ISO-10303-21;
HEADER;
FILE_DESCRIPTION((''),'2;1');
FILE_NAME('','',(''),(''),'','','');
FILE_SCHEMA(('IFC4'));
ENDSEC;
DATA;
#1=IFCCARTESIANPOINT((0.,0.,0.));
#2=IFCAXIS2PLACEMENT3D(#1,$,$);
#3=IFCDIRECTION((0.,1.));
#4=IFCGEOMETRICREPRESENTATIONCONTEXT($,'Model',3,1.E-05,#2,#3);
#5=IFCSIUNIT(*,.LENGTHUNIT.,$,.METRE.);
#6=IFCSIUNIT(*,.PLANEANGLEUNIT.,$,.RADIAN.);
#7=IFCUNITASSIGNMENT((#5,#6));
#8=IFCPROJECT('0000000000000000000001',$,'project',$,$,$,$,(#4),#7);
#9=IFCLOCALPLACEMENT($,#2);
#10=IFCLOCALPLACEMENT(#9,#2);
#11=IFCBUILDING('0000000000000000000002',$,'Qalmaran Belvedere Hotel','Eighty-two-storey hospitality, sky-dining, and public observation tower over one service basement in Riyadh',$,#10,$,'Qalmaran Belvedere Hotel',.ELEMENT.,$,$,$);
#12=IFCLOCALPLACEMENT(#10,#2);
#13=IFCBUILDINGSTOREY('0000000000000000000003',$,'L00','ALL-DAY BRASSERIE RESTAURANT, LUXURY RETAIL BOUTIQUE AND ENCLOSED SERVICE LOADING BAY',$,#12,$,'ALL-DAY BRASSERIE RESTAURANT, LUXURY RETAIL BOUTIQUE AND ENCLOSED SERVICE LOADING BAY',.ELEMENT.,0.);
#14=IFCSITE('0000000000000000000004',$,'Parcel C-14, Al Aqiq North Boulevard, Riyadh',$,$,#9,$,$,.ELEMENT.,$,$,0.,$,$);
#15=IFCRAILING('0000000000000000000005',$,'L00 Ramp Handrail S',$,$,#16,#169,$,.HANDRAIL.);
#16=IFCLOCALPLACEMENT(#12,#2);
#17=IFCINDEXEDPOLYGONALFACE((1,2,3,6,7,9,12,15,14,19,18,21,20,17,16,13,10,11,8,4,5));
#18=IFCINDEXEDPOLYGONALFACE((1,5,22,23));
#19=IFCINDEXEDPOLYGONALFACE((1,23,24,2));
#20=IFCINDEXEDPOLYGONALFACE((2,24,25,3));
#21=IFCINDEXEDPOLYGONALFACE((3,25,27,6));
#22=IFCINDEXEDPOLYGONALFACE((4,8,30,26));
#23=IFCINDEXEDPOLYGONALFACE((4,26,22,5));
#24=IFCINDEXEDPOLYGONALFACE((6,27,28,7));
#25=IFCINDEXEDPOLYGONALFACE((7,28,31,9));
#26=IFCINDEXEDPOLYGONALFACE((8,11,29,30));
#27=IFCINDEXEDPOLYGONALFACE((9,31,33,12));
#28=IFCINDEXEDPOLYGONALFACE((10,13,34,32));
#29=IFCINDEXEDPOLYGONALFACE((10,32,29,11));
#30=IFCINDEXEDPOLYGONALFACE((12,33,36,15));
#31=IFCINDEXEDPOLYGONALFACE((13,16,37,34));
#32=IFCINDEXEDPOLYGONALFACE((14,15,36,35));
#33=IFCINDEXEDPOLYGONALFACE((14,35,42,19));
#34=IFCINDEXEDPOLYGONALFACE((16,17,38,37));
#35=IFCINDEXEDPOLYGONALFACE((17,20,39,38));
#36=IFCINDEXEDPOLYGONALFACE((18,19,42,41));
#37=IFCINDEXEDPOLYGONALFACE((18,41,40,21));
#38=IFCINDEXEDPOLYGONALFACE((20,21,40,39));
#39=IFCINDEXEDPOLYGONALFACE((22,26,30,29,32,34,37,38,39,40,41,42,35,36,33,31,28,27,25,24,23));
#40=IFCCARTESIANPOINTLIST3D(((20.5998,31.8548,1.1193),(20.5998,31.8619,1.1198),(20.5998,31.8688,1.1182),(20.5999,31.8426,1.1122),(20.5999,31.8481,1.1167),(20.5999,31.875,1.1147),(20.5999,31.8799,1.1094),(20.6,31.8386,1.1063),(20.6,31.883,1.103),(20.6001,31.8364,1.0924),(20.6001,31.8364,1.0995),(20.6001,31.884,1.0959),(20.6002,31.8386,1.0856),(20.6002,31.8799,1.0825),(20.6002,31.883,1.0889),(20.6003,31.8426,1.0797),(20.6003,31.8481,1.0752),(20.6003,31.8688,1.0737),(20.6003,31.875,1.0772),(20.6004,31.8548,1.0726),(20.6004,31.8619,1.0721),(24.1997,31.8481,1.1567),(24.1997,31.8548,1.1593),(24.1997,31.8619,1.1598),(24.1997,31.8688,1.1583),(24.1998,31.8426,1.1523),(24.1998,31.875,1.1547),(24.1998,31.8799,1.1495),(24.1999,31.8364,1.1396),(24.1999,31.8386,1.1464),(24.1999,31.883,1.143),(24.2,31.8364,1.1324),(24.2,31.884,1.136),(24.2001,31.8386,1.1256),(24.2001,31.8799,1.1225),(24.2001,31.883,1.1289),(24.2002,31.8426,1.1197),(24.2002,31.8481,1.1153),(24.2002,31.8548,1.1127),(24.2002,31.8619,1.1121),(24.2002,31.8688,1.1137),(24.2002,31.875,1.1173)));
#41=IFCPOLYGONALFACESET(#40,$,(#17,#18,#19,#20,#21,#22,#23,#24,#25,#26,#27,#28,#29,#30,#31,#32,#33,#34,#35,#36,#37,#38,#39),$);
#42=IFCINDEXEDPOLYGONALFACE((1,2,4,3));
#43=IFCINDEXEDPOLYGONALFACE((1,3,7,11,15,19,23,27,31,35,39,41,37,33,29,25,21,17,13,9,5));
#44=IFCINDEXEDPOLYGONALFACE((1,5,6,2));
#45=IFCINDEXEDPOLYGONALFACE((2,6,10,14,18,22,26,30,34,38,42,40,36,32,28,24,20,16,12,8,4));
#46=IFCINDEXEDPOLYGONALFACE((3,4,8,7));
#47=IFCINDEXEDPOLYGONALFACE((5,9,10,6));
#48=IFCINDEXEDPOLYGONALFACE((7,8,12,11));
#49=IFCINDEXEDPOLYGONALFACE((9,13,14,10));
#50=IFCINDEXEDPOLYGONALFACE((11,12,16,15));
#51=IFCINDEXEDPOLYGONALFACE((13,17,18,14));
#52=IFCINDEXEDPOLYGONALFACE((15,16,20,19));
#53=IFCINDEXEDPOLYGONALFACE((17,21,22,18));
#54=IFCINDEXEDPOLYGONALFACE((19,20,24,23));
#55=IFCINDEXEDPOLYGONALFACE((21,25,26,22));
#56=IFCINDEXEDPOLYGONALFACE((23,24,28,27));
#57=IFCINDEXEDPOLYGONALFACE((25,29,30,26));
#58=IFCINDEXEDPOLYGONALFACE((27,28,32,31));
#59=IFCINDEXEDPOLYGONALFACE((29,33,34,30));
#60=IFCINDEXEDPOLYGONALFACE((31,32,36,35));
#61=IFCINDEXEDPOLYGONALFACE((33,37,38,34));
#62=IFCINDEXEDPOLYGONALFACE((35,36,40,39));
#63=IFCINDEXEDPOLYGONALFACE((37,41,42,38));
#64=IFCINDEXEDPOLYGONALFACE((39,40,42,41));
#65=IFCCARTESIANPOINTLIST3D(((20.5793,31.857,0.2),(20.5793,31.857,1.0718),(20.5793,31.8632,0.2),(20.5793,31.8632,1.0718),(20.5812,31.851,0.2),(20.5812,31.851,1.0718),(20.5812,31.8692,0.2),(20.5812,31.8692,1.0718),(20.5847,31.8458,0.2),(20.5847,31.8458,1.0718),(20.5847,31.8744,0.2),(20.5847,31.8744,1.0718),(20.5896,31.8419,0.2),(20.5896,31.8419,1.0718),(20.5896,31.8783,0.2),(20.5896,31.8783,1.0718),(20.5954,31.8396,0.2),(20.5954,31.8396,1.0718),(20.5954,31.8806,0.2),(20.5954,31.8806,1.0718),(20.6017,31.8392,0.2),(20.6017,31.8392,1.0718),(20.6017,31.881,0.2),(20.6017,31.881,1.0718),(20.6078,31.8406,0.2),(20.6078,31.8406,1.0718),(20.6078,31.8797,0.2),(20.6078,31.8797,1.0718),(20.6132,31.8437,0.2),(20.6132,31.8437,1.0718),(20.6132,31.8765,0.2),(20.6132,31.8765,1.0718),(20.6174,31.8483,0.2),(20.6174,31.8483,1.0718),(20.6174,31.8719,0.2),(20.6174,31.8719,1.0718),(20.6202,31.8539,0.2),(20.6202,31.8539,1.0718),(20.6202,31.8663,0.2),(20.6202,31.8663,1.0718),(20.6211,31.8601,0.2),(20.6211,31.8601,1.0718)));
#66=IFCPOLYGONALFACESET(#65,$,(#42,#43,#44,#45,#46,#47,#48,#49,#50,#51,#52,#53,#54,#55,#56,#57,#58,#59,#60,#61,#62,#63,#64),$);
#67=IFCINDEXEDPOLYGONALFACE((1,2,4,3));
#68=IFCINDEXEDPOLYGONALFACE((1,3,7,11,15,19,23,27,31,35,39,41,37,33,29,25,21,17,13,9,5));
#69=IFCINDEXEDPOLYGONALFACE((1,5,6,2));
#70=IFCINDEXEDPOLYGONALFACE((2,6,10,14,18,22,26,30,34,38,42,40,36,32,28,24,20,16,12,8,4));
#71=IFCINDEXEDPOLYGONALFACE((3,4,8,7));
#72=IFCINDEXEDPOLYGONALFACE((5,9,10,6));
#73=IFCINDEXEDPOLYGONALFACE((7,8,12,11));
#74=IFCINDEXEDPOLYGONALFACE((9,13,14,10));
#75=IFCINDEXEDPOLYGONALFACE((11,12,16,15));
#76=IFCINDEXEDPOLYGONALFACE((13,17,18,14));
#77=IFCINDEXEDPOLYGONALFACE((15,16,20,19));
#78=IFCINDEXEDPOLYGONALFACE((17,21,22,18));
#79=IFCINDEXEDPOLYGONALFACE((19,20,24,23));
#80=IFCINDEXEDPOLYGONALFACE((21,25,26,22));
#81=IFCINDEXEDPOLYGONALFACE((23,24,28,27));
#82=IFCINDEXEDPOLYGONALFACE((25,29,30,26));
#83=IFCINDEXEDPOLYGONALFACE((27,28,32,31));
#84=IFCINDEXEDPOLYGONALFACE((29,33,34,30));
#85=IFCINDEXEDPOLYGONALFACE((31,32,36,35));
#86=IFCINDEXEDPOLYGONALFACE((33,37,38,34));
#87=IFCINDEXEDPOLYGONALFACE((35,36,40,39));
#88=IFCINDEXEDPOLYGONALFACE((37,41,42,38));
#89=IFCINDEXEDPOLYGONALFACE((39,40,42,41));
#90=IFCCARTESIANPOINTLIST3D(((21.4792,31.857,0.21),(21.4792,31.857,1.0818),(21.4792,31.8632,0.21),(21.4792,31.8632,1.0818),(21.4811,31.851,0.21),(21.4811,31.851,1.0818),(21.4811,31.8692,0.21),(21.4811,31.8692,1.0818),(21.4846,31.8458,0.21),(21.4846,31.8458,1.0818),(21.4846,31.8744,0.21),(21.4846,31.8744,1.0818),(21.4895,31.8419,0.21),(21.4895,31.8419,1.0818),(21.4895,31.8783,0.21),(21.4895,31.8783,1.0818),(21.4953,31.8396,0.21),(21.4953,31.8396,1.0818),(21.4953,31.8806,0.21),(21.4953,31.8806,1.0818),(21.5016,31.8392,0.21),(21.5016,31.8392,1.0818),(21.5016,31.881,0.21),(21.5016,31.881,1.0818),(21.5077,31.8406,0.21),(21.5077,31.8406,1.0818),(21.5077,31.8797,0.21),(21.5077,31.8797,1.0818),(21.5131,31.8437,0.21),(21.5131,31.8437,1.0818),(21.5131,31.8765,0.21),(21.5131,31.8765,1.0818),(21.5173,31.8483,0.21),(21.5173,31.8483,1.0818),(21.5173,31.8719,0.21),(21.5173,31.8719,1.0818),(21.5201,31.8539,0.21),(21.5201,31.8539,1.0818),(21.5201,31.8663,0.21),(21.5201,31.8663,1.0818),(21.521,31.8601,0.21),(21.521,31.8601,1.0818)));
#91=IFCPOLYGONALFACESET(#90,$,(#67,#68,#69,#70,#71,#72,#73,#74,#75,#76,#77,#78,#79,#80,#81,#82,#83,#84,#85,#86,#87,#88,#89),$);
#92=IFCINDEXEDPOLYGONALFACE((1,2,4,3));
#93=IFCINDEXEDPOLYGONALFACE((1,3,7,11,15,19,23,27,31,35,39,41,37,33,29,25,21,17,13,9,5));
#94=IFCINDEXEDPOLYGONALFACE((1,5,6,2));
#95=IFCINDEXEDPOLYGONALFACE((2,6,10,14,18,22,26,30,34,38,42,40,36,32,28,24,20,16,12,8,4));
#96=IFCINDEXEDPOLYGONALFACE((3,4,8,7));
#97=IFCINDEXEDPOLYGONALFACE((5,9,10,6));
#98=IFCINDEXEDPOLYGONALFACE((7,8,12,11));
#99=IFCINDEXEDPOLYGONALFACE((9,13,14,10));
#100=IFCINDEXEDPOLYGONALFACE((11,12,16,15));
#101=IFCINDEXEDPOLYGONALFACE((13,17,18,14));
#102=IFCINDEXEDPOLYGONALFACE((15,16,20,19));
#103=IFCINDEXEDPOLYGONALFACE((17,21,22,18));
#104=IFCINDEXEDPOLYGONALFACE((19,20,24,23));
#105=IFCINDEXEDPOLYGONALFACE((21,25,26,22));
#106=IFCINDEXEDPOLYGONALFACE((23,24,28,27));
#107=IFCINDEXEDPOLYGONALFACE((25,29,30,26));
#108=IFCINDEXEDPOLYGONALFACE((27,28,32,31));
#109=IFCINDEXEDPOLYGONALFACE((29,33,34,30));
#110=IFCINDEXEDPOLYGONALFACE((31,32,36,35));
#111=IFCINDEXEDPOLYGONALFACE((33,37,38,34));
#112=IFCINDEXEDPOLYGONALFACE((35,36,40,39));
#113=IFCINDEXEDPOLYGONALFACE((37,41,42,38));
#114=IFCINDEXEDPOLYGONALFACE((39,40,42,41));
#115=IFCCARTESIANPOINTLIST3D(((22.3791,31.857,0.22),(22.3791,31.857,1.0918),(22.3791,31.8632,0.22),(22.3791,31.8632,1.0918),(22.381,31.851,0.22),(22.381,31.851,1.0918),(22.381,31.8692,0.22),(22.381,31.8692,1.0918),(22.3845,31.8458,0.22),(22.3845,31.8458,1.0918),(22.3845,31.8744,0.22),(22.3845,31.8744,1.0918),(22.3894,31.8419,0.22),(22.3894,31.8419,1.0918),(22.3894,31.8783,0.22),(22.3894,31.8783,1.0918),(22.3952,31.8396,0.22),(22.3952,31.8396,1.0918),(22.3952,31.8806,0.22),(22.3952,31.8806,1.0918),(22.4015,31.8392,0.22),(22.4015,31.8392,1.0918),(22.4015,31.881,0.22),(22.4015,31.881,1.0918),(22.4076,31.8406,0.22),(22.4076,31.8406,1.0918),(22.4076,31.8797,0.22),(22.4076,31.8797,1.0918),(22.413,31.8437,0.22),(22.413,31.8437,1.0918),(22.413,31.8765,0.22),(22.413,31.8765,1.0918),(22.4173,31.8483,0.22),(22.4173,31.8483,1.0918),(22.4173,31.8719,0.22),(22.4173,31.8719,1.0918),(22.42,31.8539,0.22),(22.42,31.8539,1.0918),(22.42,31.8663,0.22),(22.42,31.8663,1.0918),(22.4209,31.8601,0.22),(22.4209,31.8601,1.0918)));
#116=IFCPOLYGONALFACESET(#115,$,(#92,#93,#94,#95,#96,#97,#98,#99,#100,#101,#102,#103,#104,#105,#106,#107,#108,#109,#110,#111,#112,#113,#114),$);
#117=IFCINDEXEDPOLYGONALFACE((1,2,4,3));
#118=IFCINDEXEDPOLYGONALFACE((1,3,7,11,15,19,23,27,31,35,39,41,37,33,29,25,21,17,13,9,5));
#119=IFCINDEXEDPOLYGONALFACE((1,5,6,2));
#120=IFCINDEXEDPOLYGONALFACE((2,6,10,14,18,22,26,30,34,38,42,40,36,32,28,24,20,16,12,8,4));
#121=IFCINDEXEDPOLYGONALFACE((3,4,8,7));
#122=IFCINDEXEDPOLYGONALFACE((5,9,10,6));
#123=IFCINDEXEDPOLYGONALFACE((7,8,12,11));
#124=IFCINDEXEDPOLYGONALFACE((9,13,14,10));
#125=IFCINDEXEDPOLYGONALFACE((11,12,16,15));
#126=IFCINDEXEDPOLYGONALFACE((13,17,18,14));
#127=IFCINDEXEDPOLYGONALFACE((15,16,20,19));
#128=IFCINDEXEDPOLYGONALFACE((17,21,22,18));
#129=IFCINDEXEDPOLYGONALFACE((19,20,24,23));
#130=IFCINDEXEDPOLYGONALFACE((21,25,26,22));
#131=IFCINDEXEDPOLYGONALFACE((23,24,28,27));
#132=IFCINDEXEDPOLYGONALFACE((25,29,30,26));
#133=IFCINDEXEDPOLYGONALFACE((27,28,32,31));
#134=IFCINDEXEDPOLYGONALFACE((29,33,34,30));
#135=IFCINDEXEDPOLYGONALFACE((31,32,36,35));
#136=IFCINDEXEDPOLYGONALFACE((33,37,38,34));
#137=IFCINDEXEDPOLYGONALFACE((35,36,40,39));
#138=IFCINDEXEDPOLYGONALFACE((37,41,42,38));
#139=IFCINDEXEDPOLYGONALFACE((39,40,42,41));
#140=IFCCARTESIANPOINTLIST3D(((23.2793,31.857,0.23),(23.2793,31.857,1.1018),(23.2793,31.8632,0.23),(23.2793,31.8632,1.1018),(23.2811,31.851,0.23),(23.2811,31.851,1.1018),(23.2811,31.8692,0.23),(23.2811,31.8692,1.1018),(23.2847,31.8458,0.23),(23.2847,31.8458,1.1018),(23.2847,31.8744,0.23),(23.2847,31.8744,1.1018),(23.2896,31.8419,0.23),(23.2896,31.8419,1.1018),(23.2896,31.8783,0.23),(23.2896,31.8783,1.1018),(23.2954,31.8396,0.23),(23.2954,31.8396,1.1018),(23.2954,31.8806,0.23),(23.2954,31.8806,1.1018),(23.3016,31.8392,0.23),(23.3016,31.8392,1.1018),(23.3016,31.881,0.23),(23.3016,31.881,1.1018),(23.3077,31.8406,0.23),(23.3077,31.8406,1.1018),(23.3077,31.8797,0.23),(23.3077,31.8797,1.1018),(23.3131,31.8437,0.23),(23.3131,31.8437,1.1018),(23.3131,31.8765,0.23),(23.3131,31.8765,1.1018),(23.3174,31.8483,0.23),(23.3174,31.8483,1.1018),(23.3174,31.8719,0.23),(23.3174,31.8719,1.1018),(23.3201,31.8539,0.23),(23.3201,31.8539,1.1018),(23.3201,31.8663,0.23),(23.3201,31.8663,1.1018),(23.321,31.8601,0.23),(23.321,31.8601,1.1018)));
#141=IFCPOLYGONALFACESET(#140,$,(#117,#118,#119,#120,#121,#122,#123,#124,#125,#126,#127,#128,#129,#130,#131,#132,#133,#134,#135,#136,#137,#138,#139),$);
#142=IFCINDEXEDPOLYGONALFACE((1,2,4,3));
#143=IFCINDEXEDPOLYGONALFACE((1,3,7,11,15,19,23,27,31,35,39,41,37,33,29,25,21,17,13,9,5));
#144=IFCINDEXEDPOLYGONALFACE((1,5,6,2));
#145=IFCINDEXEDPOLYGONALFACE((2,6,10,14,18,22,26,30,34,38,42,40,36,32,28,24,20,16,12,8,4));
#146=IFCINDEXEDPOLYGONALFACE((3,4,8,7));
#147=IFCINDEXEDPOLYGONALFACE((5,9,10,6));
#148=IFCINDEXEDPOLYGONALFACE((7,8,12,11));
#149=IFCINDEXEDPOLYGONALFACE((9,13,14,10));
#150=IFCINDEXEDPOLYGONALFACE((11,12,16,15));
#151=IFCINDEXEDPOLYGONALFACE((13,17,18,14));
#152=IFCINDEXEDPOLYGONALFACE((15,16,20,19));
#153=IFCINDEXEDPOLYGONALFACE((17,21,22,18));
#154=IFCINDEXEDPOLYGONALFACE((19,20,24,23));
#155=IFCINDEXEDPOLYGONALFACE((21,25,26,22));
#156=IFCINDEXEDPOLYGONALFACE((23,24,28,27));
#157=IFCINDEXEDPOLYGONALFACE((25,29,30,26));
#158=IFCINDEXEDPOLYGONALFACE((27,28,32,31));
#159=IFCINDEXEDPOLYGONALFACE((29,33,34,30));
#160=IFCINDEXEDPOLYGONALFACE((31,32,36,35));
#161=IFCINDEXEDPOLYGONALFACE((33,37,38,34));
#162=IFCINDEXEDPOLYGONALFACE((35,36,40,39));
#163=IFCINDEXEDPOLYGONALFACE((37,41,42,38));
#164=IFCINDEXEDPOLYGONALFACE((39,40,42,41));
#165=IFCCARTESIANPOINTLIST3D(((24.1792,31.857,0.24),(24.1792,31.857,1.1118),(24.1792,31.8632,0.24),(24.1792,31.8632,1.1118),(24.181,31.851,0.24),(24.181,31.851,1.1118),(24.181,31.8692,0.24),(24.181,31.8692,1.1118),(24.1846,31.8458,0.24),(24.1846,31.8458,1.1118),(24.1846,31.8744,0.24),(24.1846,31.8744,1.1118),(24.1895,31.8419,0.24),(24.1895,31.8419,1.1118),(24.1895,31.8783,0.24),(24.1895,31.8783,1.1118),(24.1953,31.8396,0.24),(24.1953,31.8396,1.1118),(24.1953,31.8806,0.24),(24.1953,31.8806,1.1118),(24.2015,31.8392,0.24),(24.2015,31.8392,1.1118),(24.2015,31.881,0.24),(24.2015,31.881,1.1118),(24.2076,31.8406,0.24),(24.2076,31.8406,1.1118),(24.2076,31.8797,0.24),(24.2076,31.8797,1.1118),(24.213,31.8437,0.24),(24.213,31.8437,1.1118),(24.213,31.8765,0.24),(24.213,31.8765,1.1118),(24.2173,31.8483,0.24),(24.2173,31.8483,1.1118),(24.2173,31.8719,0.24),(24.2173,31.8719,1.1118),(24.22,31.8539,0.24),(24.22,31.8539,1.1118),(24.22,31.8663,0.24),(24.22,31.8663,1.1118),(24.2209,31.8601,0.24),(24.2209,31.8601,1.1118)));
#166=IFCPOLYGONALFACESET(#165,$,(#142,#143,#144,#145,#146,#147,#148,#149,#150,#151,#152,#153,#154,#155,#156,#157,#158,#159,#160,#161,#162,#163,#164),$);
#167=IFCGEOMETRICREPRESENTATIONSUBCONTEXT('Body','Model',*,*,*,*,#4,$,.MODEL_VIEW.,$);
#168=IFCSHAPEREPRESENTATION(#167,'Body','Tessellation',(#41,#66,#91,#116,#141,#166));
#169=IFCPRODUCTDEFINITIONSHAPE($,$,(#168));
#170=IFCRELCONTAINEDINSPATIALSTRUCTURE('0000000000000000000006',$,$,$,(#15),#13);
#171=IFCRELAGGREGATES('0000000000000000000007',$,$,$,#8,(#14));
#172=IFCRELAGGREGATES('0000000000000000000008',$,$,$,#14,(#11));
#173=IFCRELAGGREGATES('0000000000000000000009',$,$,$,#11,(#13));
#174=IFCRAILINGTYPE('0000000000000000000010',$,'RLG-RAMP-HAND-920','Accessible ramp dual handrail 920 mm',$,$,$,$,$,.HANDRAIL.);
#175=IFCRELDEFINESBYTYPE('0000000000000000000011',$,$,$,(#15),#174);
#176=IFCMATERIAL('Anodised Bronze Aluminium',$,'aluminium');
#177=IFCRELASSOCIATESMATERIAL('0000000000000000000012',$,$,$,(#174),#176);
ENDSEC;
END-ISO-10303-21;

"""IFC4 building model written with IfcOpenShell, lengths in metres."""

from ifc_helpers import new_model, si_unit, direction, frame, origin, origin_2d, place, context, subcontext, project, spatial, circle, extrude, material, type_object, element, save


model = new_model("IFC4")

# Units and contexts
model_context = context("Model", 3, precision=1e-05, world=origin(), true_north=direction((0.0, 1.0)))
body_context = subcontext(model_context, "Body", "Model", "MODEL_VIEW")
ifc_project = project(units=[si_unit("LENGTHUNIT", "METRE"), si_unit("PLANEANGLEUNIT", "RADIAN")], contexts=[model_context])

# Site, building, storey
site_placement = place(None, origin())
site = spatial("IfcSite", under=ifc_project, at=site_placement, Name="Parcel C-14, Al Aqiq North Boulevard, Riyadh", CompositionType="ELEMENT", RefElevation=0.0)
building_placement = place(site_placement, origin())
building = spatial("IfcBuilding", under=site, at=building_placement, Name="Qalmaran Belvedere Hotel", Description="Eighty-two-storey hospitality, sky-dining, and public observation tower over one service basement in Riyadh", LongName="Qalmaran Belvedere Hotel", CompositionType="ELEMENT")
storey_placement = place(building_placement, origin())
storey = spatial("IfcBuildingStorey", under=building, at=storey_placement, Name="L00", Description="ALL-DAY BRASSERIE RESTAURANT, LUXURY RETAIL BOUTIQUE AND ENCLOSED SERVICE LOADING BAY", LongName="ALL-DAY BRASSERIE RESTAURANT, LUXURY RETAIL BOUTIQUE AND ENCLOSED SERVICE LOADING BAY", CompositionType="ELEMENT", Elevation=0.0)

# Railing
ifc_material_1 = material(Name="Anodised Bronze Aluminium", Category="aluminium")
railing_type = type_object("IfcRailingType", Name="RLG-RAMP-HAND-920", Description="Accessible ramp dual handrail 920 mm", PredefinedType="HANDRAIL", material=ifc_material_1)
railing_placement = place(storey_placement, frame((20.6001, 31.8601, 0.2)))
element("IfcRailing", 1, at=railing_placement, inside=storey, type_object=railing_type, Name="L00 Ramp Handrail S", PredefinedType="HANDRAIL", context=body_context, shape_type="SweptSolid", body=[
    extrude(circle(Radius=0.0239, at=origin_2d()), frame((0.0, 0.0, 0.896), z_axis=(0.999938, 0.0, 0.011122), x_axis=(0.0, 1.0, 0.0)), (0.0, 0.0, 1.0), 3.6001),
    extrude(circle(Radius=0.021, at=origin_2d()), origin(), (0.0, 0.0, 1.0), 0.8718),
    extrude(circle(Radius=0.021, at=origin_2d()), frame((0.8999, 0.0, 0.01)), (0.0, 0.0, 1.0), 0.8718),
    extrude(circle(Radius=0.021, at=origin_2d()), frame((1.7998, 0.0, 0.02)), (0.0, 0.0, 1.0), 0.8718),
    extrude(circle(Radius=0.021, at=origin_2d()), frame((2.7, 0.0, 0.03)), (0.0, 0.0, 1.0), 0.8718),
    extrude(circle(Radius=0.021, at=origin_2d()), frame((3.5999, 0.0, 0.04)), (0.0, 0.0, 1.0), 0.8718),
])

save(model, "model.ifc")
